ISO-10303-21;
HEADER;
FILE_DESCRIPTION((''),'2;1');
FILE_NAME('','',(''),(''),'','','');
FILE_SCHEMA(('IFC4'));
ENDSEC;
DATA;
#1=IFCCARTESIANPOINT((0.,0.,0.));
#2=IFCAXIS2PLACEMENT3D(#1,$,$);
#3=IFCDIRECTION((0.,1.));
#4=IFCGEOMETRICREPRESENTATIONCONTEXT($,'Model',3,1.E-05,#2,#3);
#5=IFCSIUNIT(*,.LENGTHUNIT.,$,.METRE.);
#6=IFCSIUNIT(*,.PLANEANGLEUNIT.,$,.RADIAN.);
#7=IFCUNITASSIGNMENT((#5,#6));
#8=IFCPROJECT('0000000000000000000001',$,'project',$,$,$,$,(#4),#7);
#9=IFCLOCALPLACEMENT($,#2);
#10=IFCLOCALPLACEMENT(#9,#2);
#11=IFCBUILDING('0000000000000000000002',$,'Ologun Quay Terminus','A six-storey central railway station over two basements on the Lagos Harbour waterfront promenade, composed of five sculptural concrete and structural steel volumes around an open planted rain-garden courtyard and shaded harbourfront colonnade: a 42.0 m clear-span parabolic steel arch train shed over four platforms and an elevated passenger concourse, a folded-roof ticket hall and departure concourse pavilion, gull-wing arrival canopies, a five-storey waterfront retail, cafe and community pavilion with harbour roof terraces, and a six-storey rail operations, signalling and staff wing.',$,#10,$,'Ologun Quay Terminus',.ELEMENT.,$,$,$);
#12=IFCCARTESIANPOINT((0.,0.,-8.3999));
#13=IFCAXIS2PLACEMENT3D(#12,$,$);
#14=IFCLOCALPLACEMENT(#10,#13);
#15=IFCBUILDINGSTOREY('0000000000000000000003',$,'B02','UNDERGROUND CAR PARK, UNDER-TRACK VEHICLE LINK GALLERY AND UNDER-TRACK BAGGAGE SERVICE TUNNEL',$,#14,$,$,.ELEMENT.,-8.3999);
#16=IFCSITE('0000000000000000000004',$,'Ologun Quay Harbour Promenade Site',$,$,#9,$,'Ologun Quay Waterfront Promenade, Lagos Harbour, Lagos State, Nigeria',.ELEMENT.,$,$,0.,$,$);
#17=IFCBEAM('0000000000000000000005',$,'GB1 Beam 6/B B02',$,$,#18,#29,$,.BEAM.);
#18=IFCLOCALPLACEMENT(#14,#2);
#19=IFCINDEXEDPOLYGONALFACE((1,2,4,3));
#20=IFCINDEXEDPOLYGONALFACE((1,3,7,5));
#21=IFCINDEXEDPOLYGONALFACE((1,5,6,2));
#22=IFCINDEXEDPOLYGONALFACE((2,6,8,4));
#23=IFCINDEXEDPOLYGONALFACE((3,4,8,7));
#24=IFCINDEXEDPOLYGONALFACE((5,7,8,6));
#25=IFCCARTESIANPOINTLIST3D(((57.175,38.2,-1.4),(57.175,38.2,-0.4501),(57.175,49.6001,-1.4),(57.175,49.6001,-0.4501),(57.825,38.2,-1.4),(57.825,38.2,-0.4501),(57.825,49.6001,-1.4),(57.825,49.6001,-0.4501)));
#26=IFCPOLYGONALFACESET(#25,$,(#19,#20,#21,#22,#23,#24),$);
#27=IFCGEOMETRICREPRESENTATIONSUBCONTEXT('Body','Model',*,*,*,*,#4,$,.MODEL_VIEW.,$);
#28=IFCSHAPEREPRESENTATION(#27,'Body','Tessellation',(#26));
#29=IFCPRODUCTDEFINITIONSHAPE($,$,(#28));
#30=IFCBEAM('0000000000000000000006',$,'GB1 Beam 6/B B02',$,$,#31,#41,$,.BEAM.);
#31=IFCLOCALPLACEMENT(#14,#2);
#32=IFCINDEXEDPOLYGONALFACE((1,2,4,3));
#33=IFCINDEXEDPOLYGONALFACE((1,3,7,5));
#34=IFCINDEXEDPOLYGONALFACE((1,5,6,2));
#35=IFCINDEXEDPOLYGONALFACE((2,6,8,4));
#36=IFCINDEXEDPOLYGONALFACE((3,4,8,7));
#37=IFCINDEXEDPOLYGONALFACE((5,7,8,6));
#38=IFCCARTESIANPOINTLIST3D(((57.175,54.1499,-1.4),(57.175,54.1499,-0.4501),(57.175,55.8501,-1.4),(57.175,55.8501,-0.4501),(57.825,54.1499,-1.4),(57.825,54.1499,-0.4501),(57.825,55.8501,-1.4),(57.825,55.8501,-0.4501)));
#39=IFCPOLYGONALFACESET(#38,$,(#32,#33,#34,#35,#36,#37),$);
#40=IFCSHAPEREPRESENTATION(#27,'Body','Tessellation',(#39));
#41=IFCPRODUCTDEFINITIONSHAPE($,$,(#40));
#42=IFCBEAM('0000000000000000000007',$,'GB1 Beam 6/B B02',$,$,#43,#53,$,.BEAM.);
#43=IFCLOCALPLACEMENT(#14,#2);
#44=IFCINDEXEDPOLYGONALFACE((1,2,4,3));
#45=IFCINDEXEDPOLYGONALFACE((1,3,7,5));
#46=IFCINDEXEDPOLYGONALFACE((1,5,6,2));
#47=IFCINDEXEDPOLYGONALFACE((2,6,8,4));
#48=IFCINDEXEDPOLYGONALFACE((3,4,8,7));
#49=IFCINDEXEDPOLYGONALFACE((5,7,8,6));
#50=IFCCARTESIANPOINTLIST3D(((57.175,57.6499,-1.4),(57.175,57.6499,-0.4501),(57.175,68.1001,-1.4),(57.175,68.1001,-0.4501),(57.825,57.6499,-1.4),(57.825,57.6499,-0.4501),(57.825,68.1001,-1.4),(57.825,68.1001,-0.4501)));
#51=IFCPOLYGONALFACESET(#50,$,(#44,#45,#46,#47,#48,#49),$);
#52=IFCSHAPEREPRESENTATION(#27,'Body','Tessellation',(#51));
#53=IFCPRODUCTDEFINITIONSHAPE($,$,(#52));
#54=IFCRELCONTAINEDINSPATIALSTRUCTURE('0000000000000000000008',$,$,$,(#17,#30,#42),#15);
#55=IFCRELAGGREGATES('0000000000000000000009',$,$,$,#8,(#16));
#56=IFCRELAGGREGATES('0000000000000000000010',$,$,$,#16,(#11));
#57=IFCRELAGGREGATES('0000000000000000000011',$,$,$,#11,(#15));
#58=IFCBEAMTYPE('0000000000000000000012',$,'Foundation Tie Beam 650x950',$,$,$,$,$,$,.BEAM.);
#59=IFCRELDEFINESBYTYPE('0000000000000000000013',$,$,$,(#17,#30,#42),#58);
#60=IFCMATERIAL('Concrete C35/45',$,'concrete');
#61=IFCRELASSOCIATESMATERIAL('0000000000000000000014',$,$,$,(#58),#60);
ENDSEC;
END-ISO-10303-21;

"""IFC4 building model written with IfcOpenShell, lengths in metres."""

from ifc_helpers import new_model, si_unit, direction, frame, origin, origin_2d, place, context, subcontext, project, spatial, rectangle, extrude, material, material_profile, profile_set, type_object, element, save


model = new_model("IFC4")

# Units and contexts
model_context = context("Model", 3, precision=1e-05, world=origin(), true_north=direction((0.0, 1.0)))
body_context = subcontext(model_context, "Body", "Model", "MODEL_VIEW")
ifc_project = project(units=[si_unit("LENGTHUNIT", "METRE"), si_unit("PLANEANGLEUNIT", "RADIAN")], contexts=[model_context])

# Site, building, storey
site_placement = place(None, origin())
site = spatial("IfcSite", under=ifc_project, at=site_placement, Name="Ologun Quay Harbour Promenade Site", LongName="Ologun Quay Waterfront Promenade, Lagos Harbour, Lagos State, Nigeria", CompositionType="ELEMENT", RefElevation=0.0)
building_placement = place(site_placement, origin())
building = spatial("IfcBuilding", under=site, at=building_placement, Name="Ologun Quay Terminus", Description="A six-storey central railway station over two basements on the Lagos Harbour waterfront promenade, composed of five sculptural concrete and structural steel volumes around an open planted rain-garden courtyard and shaded harbourfront colonnade: a 42.0 m clear-span parabolic steel arch train shed over four platforms and an elevated passenger concourse, a folded-roof ticket hall and departure concourse pavilion, gull-wing arrival canopies, a five-storey waterfront retail, cafe and community pavilion with harbour roof terraces, and a six-storey rail operations, signalling and staff wing.", LongName="Ologun Quay Terminus", CompositionType="ELEMENT")
storey_placement = place(building_placement, frame((0.0, 0.0, -8.3999)))
storey = spatial("IfcBuildingStorey", under=building, at=storey_placement, Name="B02", Description="UNDERGROUND CAR PARK, UNDER-TRACK VEHICLE LINK GALLERY AND UNDER-TRACK BAGGAGE SERVICE TUNNEL", CompositionType="ELEMENT", Elevation=-8.3999)

# Beams
ifc_material_1 = material(Name="Concrete C35/45", Category="concrete")
ifc_material_profile_1 = material_profile(ifc_material_1, rectangle(XDim=0.6499, YDim=0.95, at=origin_2d()), Name="RC 650x950")
ifc_profile_set_1 = profile_set([ifc_material_profile_1], Name="Concrete C35/45")
beam_type = type_object("IfcBeamType", Name="Foundation Tie Beam 650x950", PredefinedType="BEAM", material=ifc_profile_set_1)
beam_1_placement = place(storey_placement, frame((57.5, 38.2, -0.925), z_axis=(0.0, 1.0, 0.0), x_axis=(-1.0, 0.0, 0.0)))
element("IfcBeam", 1, at=beam_1_placement, inside=storey, type_object=beam_type, Name="GB1 Beam 6/B B02", PredefinedType="BEAM", context=body_context, shape_type="SweptSolid", body=[
    extrude(rectangle(XDim=0.6499, YDim=0.95, at=origin_2d()), origin(), (0.0, 0.0, 1.0), 11.4001),
])
beam_2_placement = place(storey_placement, frame((57.5, 54.1499, -0.925), z_axis=(0.0, 1.0, 0.0), x_axis=(-1.0, 0.0, 0.0)))
element("IfcBeam", 2, at=beam_2_placement, inside=storey, type_object=beam_type, Name="GB1 Beam 6/B B02", PredefinedType="BEAM", context=body_context, shape_type="SweptSolid", body=[
    extrude(rectangle(XDim=0.6499, YDim=0.95, at=origin_2d()), origin(), (0.0, 0.0, 1.0), 1.7002),
])
beam_3_placement = place(storey_placement, frame((57.5, 57.6499, -0.925), z_axis=(0.0, 1.0, 0.0), x_axis=(-1.0, 0.0, 0.0)))
element("IfcBeam", 3, at=beam_3_placement, inside=storey, type_object=beam_type, Name="GB1 Beam 6/B B02", PredefinedType="BEAM", context=body_context, shape_type="SweptSolid", body=[
    extrude(rectangle(XDim=0.6499, YDim=0.95, at=origin_2d()), origin(), (0.0, 0.0, 1.0), 10.4502),
])

save(model, "model.ifc")
